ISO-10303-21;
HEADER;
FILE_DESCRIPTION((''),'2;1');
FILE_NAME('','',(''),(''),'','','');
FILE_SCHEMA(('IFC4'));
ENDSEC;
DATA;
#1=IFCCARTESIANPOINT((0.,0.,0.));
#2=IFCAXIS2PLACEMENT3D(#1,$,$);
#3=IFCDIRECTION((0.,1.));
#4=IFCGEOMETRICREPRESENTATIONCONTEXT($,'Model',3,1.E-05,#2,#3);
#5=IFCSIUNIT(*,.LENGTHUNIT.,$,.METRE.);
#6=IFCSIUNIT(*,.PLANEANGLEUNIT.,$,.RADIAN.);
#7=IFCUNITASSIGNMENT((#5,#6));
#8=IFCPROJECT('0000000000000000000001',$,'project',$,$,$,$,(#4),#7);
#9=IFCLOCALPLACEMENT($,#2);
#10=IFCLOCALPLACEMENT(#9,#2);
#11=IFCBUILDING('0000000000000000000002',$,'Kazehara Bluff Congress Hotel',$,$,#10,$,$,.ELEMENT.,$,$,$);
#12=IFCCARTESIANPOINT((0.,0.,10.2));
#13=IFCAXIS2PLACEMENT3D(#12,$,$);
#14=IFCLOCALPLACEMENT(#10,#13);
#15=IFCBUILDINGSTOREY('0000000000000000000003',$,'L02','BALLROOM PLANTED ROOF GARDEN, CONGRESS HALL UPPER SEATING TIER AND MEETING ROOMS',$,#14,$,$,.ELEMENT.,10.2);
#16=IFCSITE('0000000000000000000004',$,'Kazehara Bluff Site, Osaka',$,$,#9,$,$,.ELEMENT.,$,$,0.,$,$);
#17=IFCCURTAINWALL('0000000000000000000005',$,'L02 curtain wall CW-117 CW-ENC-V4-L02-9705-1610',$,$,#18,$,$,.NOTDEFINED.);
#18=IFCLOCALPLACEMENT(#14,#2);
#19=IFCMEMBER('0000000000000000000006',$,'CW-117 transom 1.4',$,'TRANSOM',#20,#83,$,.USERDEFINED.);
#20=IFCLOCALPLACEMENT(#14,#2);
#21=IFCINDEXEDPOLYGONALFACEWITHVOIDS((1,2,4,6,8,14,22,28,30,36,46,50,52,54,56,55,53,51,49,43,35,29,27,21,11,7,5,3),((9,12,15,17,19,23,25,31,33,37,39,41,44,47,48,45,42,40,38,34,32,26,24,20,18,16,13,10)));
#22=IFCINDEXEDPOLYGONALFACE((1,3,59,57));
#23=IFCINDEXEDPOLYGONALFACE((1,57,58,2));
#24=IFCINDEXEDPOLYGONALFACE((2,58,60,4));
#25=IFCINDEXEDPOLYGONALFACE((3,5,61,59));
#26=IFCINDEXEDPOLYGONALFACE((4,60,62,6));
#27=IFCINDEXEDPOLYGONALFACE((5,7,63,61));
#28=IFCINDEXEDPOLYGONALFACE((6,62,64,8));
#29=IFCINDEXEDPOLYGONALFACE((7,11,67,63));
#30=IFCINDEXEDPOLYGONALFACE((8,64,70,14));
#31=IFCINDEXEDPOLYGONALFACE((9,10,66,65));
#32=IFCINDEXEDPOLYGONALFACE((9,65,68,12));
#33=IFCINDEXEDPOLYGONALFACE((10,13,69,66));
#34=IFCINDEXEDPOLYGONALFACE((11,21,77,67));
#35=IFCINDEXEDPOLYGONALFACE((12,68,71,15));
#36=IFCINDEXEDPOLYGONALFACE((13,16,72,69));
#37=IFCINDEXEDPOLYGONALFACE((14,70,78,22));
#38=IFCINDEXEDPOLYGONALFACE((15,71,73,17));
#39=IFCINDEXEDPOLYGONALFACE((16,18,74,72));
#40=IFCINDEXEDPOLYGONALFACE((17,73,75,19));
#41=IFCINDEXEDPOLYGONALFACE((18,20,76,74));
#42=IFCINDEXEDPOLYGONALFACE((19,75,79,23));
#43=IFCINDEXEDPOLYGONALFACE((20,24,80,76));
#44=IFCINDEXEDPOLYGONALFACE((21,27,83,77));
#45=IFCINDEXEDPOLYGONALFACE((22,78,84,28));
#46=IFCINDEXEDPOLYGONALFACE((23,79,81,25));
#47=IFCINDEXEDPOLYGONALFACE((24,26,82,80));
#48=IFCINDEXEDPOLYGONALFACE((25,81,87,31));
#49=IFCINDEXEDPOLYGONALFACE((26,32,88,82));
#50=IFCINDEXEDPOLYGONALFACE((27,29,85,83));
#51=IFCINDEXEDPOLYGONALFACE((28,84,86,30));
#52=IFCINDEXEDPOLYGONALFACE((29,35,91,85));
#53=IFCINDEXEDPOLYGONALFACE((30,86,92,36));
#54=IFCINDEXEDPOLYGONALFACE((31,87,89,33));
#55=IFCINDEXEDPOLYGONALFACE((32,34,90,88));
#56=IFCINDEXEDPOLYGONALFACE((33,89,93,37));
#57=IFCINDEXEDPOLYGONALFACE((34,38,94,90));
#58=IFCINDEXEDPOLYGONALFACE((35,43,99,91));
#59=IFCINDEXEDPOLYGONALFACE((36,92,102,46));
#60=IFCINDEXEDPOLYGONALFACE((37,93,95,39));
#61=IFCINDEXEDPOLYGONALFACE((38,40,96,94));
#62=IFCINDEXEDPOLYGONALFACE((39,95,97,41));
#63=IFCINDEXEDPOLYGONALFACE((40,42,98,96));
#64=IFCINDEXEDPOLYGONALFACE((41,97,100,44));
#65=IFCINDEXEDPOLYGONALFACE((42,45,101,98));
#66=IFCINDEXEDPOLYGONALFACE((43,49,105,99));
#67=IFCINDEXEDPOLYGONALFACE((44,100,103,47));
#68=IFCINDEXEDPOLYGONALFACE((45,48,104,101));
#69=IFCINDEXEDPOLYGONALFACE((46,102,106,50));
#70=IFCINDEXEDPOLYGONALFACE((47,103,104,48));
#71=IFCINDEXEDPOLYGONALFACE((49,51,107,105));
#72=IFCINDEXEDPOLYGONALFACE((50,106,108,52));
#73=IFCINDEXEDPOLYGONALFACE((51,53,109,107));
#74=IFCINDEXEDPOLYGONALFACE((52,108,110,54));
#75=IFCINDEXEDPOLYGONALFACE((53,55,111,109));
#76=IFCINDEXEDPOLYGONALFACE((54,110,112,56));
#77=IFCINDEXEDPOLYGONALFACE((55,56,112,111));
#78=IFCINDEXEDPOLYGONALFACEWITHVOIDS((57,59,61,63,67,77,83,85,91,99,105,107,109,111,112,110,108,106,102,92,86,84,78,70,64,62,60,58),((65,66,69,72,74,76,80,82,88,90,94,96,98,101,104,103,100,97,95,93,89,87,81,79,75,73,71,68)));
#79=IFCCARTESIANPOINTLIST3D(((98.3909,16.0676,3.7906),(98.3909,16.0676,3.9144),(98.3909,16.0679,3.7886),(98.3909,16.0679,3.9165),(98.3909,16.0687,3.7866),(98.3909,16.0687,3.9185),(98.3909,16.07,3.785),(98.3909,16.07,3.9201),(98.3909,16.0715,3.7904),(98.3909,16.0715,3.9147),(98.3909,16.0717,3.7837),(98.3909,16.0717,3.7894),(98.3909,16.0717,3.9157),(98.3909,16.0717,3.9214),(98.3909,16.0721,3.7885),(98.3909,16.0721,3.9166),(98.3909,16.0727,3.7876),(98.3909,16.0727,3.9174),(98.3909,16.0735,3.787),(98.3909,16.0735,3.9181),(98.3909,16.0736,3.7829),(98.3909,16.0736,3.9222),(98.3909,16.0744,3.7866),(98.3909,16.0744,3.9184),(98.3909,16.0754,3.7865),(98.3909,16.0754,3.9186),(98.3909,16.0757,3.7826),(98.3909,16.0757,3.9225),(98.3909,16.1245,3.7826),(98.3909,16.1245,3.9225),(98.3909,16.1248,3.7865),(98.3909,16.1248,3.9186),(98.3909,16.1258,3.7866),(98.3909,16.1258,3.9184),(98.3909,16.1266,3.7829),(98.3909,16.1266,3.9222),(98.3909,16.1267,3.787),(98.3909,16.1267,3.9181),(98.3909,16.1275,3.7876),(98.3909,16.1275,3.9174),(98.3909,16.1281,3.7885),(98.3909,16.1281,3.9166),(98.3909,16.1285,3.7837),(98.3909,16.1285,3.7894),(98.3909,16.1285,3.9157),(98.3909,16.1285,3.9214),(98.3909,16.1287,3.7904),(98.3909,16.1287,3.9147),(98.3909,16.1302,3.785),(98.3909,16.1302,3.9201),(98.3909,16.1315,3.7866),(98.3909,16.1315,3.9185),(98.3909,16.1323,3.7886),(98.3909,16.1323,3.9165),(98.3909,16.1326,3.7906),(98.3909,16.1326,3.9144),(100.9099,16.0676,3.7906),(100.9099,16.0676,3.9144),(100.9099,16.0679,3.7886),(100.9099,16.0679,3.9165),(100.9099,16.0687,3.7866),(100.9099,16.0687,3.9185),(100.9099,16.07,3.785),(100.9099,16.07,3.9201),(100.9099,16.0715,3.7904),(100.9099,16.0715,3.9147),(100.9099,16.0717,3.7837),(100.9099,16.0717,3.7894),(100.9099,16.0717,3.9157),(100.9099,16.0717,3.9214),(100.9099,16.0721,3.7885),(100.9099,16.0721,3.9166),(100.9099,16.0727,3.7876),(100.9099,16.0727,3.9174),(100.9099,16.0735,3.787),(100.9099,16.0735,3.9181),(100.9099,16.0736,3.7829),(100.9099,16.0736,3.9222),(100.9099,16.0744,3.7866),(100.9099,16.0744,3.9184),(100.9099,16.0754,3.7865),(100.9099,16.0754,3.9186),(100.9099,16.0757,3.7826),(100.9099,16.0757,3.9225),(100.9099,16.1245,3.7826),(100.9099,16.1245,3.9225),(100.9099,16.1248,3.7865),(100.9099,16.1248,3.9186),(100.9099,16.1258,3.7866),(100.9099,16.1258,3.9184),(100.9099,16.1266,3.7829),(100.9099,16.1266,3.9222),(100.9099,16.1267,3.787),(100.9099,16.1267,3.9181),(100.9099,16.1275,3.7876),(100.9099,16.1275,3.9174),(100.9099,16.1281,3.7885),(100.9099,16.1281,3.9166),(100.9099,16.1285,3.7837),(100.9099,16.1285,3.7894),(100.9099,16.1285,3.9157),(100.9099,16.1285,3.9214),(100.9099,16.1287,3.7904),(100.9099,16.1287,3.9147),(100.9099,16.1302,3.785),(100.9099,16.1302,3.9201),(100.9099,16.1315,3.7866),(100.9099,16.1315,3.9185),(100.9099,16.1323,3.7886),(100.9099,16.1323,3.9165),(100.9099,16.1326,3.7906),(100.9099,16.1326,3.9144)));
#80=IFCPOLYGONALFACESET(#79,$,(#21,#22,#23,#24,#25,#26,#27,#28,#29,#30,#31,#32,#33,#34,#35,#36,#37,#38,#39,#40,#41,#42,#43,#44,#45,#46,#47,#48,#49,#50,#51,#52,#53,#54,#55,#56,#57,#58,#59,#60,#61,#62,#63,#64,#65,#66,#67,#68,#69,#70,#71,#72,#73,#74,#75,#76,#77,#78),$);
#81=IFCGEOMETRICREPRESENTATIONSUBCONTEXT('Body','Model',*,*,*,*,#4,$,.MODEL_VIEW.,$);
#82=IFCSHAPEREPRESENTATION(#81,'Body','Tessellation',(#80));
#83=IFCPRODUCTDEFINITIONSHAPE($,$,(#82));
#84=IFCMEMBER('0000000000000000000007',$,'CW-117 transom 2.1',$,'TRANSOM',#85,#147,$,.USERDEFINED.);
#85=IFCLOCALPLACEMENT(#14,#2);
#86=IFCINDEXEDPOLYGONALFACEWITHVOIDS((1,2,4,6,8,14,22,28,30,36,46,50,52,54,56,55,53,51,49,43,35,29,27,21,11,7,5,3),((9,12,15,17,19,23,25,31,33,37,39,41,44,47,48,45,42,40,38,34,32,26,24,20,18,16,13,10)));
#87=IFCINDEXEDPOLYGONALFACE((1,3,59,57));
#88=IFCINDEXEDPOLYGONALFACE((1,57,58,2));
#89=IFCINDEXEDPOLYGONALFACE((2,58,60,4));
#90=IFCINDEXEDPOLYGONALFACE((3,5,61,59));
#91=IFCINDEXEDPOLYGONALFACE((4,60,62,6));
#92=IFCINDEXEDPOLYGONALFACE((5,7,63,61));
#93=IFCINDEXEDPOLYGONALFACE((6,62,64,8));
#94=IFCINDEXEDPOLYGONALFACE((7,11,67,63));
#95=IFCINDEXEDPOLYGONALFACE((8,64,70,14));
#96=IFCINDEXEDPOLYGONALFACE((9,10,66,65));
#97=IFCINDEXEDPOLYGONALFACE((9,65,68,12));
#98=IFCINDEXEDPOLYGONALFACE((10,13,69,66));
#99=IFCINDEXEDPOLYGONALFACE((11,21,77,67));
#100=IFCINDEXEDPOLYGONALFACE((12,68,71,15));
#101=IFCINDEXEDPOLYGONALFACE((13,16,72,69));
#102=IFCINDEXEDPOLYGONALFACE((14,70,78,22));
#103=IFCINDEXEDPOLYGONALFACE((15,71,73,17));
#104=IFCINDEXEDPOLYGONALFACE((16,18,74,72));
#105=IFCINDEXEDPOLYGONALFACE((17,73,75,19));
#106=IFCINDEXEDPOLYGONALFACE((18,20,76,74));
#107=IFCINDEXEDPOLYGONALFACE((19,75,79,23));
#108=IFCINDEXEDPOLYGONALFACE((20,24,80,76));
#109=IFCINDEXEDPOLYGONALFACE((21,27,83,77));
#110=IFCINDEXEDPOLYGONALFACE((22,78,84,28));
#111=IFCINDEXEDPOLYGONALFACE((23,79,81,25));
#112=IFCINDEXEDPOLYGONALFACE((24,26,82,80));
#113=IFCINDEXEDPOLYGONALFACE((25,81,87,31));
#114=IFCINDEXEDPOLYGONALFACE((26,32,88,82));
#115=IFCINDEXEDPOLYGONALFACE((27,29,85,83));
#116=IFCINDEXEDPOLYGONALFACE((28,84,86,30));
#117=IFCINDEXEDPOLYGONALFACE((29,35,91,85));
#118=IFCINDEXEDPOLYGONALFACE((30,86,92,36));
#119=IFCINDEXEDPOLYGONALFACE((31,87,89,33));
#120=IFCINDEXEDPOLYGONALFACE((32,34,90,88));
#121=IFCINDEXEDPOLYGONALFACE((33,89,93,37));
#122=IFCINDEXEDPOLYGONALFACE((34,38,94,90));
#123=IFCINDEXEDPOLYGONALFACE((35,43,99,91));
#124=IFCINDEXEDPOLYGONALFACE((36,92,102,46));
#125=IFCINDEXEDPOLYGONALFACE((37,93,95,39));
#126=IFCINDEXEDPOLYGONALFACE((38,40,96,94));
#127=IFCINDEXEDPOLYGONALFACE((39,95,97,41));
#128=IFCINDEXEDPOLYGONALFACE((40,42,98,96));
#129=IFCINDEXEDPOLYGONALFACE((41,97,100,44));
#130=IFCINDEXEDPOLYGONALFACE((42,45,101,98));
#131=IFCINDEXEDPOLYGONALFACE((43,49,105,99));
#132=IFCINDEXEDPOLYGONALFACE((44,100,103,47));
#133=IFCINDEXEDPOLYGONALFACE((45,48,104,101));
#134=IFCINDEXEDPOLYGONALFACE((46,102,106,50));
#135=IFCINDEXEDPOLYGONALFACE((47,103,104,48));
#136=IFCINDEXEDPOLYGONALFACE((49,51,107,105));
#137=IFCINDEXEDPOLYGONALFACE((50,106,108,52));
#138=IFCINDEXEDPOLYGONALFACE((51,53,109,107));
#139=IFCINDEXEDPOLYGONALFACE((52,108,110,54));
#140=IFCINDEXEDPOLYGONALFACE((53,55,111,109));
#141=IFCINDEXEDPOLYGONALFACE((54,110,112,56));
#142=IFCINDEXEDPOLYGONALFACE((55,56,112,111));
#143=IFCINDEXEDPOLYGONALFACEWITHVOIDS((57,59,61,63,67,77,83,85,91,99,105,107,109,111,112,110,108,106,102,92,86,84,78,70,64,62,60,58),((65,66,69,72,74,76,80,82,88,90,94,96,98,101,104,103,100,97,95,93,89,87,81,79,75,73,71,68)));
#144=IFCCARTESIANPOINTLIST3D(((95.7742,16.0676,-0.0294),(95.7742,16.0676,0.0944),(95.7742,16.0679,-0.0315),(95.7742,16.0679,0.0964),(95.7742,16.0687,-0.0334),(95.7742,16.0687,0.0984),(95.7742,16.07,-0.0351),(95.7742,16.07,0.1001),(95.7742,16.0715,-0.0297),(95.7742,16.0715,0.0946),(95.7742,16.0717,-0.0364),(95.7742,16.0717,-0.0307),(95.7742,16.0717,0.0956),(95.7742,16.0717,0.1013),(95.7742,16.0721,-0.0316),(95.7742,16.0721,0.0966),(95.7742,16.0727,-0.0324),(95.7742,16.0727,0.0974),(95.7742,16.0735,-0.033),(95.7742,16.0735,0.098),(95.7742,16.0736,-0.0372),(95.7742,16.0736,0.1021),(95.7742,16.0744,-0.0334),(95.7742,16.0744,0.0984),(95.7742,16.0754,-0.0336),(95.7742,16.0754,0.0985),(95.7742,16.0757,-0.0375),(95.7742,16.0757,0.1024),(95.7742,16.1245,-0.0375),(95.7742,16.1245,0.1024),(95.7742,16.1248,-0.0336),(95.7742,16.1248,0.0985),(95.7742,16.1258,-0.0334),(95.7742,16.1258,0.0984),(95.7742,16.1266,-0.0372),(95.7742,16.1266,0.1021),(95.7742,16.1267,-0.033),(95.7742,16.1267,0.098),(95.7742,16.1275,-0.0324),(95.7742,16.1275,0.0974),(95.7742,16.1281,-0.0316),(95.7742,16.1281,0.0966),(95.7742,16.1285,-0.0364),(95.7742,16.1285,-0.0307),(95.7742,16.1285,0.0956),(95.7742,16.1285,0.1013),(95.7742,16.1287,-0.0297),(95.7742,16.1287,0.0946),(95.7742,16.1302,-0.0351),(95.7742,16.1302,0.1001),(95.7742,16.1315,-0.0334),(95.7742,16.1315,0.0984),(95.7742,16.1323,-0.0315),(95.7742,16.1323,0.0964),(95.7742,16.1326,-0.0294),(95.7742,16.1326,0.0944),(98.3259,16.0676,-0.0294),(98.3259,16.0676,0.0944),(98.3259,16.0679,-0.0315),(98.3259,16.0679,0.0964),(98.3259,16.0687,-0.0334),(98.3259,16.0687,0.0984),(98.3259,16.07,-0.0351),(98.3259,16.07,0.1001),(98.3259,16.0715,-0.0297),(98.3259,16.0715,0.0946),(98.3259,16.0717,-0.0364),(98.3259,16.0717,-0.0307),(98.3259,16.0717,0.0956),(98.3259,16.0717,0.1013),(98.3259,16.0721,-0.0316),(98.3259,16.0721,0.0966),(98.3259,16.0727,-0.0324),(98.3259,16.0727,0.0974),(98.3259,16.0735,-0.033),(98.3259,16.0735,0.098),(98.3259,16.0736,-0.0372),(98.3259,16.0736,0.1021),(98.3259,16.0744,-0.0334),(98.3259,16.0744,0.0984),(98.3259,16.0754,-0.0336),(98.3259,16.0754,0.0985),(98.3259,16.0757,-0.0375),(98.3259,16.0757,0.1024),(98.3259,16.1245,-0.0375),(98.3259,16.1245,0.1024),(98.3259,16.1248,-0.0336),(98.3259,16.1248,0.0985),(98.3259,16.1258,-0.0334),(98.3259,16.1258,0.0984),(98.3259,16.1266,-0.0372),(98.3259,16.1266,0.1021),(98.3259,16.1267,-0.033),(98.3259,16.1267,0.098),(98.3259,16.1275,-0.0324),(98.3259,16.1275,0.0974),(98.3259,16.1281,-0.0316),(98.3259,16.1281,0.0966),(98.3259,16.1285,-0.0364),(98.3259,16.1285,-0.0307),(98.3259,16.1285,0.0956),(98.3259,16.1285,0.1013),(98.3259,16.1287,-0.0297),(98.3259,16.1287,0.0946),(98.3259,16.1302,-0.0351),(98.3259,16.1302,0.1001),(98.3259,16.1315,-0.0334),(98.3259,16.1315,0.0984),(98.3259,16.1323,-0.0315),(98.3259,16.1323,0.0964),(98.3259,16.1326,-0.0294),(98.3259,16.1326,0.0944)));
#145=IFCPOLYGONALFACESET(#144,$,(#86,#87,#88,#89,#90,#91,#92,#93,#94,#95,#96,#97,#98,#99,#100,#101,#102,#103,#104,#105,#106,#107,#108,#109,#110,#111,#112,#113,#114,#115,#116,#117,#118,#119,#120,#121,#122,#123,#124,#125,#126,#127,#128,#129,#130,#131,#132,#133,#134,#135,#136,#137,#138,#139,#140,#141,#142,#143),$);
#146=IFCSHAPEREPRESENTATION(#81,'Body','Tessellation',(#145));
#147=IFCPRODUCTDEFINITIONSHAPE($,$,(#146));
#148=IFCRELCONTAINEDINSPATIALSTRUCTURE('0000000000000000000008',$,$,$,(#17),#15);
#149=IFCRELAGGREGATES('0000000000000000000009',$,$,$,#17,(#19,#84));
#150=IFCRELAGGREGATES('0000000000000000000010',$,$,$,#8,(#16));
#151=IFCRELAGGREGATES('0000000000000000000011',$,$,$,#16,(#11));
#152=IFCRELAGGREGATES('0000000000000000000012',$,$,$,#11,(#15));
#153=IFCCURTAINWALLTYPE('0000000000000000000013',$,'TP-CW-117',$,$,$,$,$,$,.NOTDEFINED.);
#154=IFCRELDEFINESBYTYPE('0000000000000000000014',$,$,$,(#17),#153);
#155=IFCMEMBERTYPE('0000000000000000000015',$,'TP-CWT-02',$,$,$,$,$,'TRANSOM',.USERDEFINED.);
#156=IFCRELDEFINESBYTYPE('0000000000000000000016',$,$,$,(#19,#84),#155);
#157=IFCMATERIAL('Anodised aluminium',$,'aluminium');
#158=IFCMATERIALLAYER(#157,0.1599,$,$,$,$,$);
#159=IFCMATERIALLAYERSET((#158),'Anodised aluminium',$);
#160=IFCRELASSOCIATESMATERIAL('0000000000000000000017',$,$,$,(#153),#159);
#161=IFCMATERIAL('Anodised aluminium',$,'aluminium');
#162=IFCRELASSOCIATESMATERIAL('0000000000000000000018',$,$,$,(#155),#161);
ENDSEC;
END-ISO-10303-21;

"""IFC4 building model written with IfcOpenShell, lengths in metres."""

from ifc_helpers import new_model, si_unit, direction, frame, origin, origin_2d, place, context, subcontext, project, spatial, hollow_rectangle, extrude, material, layer, layer_set, material_profile, profile_set, type_object, element, aggregate, save


model = new_model("IFC4")

# Units and contexts
model_context = context("Model", 3, precision=1e-05, world=origin(), true_north=direction((0.0, 1.0)))
body_context = subcontext(model_context, "Body", "Model", "MODEL_VIEW")
ifc_project = project(units=[si_unit("LENGTHUNIT", "METRE"), si_unit("PLANEANGLEUNIT", "RADIAN")], contexts=[model_context])

# Site, building, storey
site_placement = place(None, origin())
site = spatial("IfcSite", under=ifc_project, at=site_placement, Name="Kazehara Bluff Site, Osaka", CompositionType="ELEMENT", RefElevation=0.0)
building_placement = place(site_placement, origin())
building = spatial("IfcBuilding", under=site, at=building_placement, Name="Kazehara Bluff Congress Hotel", CompositionType="ELEMENT")
storey_placement = place(building_placement, frame((0.0, 0.0, 10.2)))
storey = spatial("IfcBuildingStorey", under=building, at=storey_placement, Name="L02", Description="BALLROOM PLANTED ROOF GARDEN, CONGRESS HALL UPPER SEATING TIER AND MEETING ROOMS", CompositionType="ELEMENT", Elevation=10.2)

# Curtain wall
ifc_material_1 = material(Name="Anodised aluminium", Category="aluminium")
ifc_layer_1 = layer(ifc_material_1, 0.1599)
ifc_layer_set_1 = layer_set([ifc_layer_1], Name="Anodised aluminium")
curtain_wall_type_1 = type_object("IfcCurtainWallType", Name="TP-CW-117", PredefinedType="NOTDEFINED", material=ifc_layer_set_1)
curtain_wall_1_placement = place(storey_placement, origin())
curtain_wall_1 = element("IfcCurtainWall", 1, at=curtain_wall_1_placement, inside=storey, type_object=curtain_wall_type_1, Name="L02 curtain wall CW-117 CW-ENC-V4-L02-9705-1610", PredefinedType="NOTDEFINED")

# Members
ifc_material_2 = material(Name="Anodised aluminium", Category="aluminium")
ifc_material_profile_1 = material_profile(ifc_material_2, hollow_rectangle(XDim=0.0649, YDim=0.1399, WallThickness=0.0039, InnerFilletRadius=0.0039, OuterFilletRadius=0.0081, at=origin_2d()))
ifc_profile_set_1 = profile_set([ifc_material_profile_1], Name="Anodised aluminium")
member_type_1 = type_object("IfcMemberType", Name="TP-CWT-02", ElementType="TRANSOM", PredefinedType="USERDEFINED", material=ifc_profile_set_1)
member_1_placement = place(storey_placement, frame((100.9099, 16.1001, 3.8525), z_axis=(-1.0, 0.0, 0.0), x_axis=(0.0, -1.0, 0.0)))
member_1 = element("IfcMember", 2, at=member_1_placement, type_object=member_type_1, Name="CW-117 transom 1.4", ObjectType="TRANSOM", PredefinedType="USERDEFINED", context=body_context, shape_type="SweptSolid", body=[
    extrude(hollow_rectangle(XDim=0.0649, YDim=0.1399, WallThickness=0.0039, InnerFilletRadius=0.0039, OuterFilletRadius=0.0081, at=origin_2d()), origin(), (0.0, 0.0, 1.0), 2.519),
])
member_2_placement = place(storey_placement, frame((98.3259, 16.1001, 0.0325), z_axis=(-1.0, 0.0, 0.0), x_axis=(0.0, -1.0, 0.0)))
member_2 = element("IfcMember", 3, at=member_2_placement, type_object=member_type_1, Name="CW-117 transom 2.1", ObjectType="TRANSOM", PredefinedType="USERDEFINED", context=body_context, shape_type="SweptSolid", body=[
    extrude(hollow_rectangle(XDim=0.0649, YDim=0.1399, WallThickness=0.0039, InnerFilletRadius=0.0039, OuterFilletRadius=0.0081, at=origin_2d()), origin(), (0.0, 0.0, 1.0), 2.5518),
])

aggregate(curtain_wall_1, [member_1, member_2])

save(model, "model.ifc")
